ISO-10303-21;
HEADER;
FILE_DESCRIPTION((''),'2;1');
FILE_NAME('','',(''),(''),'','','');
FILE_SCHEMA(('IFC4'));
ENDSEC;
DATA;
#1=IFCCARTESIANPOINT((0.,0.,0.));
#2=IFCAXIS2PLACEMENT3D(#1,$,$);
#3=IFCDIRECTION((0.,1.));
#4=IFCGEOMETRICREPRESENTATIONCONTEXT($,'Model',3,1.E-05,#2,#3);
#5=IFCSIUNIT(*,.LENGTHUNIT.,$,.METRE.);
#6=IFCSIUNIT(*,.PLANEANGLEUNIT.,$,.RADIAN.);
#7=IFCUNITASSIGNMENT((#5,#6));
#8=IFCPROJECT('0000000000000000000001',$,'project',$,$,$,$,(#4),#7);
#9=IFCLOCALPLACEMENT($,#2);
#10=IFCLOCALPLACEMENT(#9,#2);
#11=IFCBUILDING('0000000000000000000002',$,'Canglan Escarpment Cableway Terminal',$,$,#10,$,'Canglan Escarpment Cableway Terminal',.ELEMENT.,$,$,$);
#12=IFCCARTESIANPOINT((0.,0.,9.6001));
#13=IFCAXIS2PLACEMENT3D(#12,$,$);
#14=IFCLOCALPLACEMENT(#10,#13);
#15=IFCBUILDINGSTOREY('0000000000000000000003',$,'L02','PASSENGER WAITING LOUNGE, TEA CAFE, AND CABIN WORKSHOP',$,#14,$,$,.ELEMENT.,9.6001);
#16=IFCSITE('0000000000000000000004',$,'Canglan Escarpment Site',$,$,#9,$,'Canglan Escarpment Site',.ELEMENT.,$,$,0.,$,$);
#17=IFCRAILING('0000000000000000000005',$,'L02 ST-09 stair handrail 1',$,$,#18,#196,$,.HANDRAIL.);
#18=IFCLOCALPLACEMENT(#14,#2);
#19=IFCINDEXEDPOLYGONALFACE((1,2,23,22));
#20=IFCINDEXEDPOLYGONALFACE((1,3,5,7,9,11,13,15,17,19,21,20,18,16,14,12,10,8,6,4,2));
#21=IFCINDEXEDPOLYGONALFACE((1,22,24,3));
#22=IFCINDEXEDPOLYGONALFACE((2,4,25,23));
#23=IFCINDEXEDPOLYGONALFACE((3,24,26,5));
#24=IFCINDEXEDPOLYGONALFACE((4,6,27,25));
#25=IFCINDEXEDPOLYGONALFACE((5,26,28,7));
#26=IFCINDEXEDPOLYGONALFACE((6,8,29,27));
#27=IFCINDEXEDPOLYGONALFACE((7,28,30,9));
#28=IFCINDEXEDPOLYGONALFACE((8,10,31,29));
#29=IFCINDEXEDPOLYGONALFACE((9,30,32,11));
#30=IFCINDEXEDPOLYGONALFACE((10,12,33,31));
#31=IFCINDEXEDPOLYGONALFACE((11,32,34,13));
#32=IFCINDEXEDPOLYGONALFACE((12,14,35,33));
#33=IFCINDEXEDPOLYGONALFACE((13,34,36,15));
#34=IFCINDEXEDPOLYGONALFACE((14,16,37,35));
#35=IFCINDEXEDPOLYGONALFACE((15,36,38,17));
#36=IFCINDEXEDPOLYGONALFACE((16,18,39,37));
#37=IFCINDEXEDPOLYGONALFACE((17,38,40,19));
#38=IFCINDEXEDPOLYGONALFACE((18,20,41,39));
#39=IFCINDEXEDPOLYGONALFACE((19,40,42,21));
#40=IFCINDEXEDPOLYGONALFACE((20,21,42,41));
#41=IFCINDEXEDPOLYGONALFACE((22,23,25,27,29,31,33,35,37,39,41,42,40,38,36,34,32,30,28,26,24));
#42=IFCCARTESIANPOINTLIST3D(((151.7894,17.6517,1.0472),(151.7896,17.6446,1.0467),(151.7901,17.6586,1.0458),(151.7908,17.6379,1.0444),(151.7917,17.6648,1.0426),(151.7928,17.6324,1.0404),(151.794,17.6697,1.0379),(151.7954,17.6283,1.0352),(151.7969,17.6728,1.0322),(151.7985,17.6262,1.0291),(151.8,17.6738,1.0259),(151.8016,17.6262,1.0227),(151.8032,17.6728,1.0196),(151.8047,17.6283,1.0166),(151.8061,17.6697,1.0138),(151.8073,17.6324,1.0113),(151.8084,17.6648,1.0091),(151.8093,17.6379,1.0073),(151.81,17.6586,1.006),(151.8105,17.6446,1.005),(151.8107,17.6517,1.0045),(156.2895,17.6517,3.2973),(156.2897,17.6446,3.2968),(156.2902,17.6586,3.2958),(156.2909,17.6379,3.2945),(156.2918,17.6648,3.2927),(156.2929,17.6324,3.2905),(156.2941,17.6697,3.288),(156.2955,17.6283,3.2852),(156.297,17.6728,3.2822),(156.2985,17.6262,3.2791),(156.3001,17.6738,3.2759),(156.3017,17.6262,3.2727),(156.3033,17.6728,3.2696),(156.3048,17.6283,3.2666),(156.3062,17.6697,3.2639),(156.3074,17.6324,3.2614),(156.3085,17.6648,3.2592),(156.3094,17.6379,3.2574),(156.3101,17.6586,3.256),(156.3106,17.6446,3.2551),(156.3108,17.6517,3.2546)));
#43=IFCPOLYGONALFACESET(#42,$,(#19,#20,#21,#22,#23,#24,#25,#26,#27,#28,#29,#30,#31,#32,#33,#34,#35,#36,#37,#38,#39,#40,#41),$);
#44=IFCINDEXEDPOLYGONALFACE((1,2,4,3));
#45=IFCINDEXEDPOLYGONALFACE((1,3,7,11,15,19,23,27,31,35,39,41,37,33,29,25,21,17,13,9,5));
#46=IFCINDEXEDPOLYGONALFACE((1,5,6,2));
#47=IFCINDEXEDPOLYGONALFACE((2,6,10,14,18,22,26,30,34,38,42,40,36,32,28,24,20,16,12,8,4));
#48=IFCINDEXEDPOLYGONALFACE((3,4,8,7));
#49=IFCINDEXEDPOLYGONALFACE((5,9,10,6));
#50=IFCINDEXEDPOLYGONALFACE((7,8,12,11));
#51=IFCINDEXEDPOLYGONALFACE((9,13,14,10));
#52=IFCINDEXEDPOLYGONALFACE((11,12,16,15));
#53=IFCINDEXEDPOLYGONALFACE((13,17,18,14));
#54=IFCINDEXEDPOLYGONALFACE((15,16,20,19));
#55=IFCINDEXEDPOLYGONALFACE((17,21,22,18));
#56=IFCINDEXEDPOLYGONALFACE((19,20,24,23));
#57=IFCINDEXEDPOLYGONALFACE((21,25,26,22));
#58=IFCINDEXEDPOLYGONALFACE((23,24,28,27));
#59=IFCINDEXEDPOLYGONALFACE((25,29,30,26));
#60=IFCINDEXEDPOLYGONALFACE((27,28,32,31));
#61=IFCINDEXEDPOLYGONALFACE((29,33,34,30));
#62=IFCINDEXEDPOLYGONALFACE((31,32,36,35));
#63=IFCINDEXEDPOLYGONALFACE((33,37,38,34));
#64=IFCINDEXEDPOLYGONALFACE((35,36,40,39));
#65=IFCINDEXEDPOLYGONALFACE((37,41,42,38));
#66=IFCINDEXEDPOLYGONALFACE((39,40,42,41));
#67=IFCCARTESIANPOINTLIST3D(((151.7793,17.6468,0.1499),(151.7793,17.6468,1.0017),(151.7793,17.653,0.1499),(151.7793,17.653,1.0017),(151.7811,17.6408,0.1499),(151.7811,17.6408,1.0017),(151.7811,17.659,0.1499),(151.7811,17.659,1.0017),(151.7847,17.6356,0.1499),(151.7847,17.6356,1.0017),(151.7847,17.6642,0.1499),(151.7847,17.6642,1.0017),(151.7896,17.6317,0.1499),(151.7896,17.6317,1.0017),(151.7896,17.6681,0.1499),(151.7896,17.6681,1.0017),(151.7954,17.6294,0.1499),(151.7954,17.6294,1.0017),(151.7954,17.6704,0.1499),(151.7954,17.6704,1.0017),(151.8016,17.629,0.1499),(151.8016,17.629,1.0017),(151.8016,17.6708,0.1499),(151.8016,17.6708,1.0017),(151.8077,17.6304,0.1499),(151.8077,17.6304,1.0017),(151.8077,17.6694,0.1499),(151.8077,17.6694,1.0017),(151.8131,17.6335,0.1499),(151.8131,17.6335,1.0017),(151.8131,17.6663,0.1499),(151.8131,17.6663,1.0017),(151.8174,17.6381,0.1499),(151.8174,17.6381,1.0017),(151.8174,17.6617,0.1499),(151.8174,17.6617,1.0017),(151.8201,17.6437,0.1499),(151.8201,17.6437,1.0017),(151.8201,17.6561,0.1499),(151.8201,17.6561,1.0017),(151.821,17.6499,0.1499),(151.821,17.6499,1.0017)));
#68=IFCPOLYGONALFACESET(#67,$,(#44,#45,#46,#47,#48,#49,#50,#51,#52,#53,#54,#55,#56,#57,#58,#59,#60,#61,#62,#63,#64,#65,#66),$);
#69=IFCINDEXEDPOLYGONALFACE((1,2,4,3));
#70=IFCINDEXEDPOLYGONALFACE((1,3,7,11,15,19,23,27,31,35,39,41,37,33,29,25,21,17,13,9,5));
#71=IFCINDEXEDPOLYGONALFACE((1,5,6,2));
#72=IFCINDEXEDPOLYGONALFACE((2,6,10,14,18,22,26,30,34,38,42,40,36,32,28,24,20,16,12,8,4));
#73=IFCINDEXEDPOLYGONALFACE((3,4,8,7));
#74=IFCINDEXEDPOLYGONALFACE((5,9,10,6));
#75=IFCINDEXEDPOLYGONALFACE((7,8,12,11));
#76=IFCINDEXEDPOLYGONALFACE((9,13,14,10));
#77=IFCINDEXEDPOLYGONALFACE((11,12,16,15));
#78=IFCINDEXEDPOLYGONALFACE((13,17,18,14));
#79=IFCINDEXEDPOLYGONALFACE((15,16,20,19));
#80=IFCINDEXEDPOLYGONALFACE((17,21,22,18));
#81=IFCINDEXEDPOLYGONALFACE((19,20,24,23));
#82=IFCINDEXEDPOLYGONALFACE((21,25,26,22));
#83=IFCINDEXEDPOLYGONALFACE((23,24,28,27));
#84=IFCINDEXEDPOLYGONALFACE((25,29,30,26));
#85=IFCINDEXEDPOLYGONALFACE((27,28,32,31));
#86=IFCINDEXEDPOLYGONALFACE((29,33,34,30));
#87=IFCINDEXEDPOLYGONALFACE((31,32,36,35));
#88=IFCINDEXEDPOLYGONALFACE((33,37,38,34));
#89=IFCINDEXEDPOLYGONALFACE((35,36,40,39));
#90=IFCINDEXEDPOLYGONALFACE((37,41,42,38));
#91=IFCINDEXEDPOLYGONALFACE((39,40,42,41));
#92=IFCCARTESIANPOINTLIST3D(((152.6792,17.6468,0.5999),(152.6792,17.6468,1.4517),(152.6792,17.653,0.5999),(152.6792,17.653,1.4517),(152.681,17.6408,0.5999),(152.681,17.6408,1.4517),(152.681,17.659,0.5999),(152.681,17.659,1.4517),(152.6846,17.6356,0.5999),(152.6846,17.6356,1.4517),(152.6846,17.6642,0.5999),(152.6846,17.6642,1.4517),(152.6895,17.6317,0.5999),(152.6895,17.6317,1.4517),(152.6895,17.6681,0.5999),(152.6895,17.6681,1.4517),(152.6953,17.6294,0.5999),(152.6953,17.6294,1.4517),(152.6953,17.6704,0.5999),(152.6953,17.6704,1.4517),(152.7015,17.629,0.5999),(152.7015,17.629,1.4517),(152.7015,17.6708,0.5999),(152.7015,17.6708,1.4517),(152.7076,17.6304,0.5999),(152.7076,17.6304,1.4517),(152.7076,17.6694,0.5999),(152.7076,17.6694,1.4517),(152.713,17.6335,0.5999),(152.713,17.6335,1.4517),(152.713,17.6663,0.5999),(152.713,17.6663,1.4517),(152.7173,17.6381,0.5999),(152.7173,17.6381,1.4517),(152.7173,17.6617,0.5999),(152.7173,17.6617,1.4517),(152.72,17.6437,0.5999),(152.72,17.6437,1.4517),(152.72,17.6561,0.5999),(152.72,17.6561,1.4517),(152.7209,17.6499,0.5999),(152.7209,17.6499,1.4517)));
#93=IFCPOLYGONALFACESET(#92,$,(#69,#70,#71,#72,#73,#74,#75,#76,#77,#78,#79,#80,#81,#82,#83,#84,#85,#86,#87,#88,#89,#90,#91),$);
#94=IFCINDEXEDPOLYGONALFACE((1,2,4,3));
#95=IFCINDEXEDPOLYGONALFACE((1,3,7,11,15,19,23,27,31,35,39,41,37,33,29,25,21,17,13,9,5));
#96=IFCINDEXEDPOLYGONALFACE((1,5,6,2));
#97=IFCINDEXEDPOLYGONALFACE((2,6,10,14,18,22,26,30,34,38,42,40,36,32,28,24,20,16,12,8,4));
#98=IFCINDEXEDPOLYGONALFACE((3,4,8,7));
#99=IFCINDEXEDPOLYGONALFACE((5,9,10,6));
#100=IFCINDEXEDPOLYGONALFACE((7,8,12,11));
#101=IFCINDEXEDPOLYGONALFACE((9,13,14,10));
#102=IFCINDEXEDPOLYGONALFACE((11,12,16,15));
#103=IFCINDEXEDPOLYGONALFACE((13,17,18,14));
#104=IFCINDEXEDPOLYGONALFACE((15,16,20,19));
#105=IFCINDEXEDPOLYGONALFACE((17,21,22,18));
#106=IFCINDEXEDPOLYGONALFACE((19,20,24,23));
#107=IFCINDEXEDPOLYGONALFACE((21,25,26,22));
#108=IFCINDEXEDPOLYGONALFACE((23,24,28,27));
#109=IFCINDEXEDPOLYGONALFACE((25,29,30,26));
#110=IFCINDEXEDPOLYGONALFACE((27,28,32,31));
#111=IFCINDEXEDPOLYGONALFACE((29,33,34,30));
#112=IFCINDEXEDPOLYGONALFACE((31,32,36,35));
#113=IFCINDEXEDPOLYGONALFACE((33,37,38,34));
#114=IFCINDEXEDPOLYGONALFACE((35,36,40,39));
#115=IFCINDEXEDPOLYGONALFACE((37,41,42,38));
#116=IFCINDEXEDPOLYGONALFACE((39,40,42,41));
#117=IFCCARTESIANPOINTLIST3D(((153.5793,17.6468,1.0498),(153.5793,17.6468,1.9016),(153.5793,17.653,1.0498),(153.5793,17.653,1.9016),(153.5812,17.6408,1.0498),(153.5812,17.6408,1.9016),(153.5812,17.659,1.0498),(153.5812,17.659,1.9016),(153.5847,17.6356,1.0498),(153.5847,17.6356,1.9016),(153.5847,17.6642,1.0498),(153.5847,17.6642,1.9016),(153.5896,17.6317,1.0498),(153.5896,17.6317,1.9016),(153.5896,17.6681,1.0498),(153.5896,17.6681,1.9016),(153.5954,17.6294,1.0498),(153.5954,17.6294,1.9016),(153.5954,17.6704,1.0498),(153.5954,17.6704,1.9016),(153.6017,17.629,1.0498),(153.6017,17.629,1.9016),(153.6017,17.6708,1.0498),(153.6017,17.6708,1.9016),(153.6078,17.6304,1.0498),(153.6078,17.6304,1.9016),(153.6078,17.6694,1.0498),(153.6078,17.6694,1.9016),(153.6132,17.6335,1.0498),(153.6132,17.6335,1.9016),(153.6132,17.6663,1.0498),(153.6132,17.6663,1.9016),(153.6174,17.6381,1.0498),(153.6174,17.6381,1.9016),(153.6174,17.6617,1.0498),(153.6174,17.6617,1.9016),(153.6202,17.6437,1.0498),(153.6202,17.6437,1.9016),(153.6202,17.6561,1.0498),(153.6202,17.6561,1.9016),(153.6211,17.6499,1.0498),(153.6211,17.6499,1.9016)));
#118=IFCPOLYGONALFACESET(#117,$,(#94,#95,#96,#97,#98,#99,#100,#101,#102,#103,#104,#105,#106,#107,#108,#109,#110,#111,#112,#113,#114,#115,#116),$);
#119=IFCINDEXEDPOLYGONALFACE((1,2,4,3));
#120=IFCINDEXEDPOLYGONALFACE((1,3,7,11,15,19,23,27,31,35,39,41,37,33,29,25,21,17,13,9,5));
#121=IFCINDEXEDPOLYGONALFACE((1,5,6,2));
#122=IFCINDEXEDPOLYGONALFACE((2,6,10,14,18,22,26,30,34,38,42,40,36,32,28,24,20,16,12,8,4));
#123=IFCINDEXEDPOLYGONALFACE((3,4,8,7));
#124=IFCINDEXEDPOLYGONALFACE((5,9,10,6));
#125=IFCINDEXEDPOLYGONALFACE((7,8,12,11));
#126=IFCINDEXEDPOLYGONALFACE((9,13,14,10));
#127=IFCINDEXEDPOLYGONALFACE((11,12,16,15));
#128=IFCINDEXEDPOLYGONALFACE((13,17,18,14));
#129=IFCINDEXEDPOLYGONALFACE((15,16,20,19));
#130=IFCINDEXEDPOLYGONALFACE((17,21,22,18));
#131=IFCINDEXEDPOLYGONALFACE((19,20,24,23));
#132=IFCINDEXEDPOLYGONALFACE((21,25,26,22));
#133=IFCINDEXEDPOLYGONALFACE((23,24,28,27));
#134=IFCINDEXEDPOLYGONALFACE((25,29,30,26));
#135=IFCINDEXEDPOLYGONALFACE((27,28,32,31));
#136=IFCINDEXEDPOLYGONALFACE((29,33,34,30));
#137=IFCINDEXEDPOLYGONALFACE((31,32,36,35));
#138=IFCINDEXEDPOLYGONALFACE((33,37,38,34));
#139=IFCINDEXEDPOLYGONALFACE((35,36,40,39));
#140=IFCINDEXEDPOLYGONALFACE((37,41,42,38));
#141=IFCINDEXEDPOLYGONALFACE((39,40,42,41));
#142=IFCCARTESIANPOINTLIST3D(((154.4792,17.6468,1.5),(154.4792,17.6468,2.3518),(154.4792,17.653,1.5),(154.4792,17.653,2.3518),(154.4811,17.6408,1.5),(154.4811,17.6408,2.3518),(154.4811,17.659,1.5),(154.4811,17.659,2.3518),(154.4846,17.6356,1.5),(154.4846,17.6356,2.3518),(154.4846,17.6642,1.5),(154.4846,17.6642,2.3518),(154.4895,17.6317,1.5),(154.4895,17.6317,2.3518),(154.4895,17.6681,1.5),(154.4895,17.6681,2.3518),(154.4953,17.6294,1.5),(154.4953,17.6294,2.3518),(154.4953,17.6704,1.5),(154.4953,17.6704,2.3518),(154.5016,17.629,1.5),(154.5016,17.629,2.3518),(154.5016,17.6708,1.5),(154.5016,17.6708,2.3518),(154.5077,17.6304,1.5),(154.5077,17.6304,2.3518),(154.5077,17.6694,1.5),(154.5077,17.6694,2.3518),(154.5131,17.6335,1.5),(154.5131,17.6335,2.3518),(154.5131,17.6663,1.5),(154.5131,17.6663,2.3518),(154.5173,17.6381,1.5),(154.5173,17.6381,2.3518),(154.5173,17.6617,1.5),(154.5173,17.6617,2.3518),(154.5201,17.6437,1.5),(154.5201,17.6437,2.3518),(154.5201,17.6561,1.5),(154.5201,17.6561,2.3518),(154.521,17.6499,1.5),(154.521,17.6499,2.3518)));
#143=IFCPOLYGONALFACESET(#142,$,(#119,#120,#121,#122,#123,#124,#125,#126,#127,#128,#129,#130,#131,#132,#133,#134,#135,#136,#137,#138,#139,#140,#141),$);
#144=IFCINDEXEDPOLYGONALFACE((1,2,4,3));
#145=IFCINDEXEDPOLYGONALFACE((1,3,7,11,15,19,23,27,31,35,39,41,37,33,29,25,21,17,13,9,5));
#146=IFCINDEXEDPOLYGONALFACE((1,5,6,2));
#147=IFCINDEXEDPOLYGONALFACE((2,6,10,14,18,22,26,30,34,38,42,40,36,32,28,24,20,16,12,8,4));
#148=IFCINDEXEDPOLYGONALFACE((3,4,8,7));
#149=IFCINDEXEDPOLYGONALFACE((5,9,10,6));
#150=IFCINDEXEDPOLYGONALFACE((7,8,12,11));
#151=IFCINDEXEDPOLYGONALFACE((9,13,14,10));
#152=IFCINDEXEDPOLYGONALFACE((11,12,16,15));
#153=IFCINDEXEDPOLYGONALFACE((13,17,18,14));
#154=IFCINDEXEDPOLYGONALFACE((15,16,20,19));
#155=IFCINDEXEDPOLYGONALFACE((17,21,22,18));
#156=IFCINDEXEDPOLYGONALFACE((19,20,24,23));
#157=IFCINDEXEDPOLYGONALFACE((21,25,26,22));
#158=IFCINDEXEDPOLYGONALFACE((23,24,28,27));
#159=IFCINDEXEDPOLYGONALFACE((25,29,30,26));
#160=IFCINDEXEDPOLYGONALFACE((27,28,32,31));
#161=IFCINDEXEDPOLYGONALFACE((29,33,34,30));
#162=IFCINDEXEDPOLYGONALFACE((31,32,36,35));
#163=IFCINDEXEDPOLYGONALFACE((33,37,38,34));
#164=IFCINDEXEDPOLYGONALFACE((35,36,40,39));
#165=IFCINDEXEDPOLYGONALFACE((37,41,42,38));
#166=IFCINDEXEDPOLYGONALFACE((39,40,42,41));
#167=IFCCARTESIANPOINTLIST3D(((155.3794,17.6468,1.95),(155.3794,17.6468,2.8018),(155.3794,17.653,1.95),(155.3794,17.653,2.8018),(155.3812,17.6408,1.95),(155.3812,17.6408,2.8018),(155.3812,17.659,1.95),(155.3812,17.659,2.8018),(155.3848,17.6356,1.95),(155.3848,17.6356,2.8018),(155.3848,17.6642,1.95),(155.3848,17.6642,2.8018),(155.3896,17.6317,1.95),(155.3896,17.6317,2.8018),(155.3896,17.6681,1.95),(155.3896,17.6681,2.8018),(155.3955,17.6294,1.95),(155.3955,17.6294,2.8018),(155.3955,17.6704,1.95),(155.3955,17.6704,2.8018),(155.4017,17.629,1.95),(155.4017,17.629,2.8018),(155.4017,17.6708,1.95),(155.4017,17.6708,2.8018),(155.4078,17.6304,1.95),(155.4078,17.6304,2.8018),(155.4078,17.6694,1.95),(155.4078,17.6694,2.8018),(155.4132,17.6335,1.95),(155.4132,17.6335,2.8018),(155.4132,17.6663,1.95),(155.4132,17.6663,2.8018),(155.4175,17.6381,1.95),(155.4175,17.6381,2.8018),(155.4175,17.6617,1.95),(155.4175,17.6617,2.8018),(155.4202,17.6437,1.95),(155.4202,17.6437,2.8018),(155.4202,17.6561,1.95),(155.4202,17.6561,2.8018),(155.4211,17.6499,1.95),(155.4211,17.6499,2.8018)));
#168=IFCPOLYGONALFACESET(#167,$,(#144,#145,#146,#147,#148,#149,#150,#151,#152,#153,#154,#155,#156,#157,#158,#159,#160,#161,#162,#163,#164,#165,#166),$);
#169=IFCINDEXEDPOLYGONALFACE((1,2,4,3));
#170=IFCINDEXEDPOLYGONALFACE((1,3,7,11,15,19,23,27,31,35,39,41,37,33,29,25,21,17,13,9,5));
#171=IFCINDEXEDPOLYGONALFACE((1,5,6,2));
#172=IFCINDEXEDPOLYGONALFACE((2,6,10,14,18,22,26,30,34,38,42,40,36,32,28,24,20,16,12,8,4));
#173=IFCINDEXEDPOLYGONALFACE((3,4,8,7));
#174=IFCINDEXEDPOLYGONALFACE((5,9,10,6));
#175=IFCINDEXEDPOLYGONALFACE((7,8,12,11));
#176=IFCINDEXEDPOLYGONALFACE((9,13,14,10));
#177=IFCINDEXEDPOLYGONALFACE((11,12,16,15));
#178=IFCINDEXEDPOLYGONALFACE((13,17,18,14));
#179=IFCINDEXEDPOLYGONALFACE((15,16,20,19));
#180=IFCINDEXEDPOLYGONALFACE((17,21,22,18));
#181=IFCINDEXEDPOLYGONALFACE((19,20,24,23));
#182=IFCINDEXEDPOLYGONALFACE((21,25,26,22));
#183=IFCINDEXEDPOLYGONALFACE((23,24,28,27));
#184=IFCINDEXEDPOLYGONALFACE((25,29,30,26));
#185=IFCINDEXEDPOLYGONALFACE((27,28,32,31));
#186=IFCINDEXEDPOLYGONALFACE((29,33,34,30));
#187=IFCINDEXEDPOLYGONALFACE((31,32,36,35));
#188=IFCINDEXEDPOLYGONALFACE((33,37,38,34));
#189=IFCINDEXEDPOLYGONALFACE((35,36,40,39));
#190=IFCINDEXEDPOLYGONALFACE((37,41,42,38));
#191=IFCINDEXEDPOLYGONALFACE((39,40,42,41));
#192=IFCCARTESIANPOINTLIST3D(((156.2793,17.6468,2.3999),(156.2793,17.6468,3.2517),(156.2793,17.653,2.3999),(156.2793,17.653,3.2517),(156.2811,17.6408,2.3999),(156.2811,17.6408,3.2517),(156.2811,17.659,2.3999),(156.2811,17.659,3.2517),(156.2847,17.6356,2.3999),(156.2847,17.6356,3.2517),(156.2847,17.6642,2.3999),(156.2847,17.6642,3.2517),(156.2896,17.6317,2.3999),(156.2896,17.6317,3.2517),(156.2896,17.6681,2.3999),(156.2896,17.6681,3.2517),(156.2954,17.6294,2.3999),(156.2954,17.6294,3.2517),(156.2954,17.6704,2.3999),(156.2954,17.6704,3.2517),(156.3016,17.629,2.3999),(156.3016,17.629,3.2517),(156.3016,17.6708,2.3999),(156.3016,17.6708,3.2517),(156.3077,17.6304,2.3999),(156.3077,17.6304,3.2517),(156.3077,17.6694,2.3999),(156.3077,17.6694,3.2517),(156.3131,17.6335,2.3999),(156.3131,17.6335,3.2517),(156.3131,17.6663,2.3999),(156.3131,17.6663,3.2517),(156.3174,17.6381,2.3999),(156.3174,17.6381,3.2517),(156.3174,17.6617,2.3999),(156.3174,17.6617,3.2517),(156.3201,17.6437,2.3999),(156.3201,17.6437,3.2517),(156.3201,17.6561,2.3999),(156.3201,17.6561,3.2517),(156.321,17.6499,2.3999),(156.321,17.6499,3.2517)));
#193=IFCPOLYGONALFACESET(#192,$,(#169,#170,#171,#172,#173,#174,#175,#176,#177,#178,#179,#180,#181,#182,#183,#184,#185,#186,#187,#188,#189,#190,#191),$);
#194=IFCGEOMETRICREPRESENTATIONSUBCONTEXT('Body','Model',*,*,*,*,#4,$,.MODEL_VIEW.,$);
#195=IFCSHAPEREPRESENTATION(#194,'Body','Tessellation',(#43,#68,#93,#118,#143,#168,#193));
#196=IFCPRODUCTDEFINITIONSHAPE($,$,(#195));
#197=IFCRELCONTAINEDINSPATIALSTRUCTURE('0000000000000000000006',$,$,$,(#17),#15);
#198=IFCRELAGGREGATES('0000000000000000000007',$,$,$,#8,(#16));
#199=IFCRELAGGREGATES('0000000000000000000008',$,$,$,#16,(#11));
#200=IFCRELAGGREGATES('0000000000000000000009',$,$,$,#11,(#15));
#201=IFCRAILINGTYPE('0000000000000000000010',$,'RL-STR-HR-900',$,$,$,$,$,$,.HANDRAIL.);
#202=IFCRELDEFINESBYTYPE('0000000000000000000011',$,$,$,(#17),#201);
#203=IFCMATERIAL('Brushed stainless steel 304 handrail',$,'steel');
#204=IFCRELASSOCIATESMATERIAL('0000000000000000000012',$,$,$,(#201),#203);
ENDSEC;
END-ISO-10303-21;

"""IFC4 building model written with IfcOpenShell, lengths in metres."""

from ifc_helpers import new_model, si_unit, direction, frame, origin, origin_2d, place, context, subcontext, project, spatial, circle, extrude, material, type_object, element, save


model = new_model("IFC4")

# Units and contexts
model_context = context("Model", 3, precision=1e-05, world=origin(), true_north=direction((0.0, 1.0)))
body_context = subcontext(model_context, "Body", "Model", "MODEL_VIEW")
ifc_project = project(units=[si_unit("LENGTHUNIT", "METRE"), si_unit("PLANEANGLEUNIT", "RADIAN")], contexts=[model_context])

# Site, building, storey
site_placement = place(None, origin())
site = spatial("IfcSite", under=ifc_project, at=site_placement, Name="Canglan Escarpment Site", LongName="Canglan Escarpment Site", CompositionType="ELEMENT", RefElevation=0.0)
building_placement = place(site_placement, origin())
building = spatial("IfcBuilding", under=site, at=building_placement, Name="Canglan Escarpment Cableway Terminal", LongName="Canglan Escarpment Cableway Terminal", CompositionType="ELEMENT")
storey_placement = place(building_placement, frame((0.0, 0.0, 9.6001)))
storey = spatial("IfcBuildingStorey", under=building, at=storey_placement, Name="L02", Description="PASSENGER WAITING LOUNGE, TEA CAFE, AND CABIN WORKSHOP", CompositionType="ELEMENT", Elevation=9.6001)

# Railing
ifc_material_1 = material(Name="Brushed stainless steel 304 handrail", Category="steel")
railing_type_1 = type_object("IfcRailingType", Name="RL-STR-HR-900", PredefinedType="HANDRAIL", material=ifc_material_1)
railing_1_placement = place(storey_placement, frame((151.8, 17.6499, 0.1499)))
element("IfcRailing", 1, at=railing_1_placement, inside=storey, type_object=railing_type_1, Name="L02 ST-09 stair handrail 1", PredefinedType="HANDRAIL", context=body_context, shape_type="SweptSolid", body=[
    extrude(circle(Radius=0.0239, at=origin_2d()), frame((0.0, 0.0, 0.876), z_axis=(0.894427, 0.0, 0.447214), x_axis=(0.0, 1.0, 0.0)), (0.0, 0.0, 1.0), 5.0312),
    extrude(circle(Radius=0.021, at=origin_2d()), origin(), (0.0, 0.0, 1.0), 0.8518),
    extrude(circle(Radius=0.021, at=origin_2d()), frame((0.8999, 0.0, 0.45)), (0.0, 0.0, 1.0), 0.8518),
    extrude(circle(Radius=0.021, at=origin_2d()), frame((1.8, 0.0, 0.8999)), (0.0, 0.0, 1.0), 0.8518),
    extrude(circle(Radius=0.021, at=origin_2d()), frame((2.7, 0.0, 1.3501)), (0.0, 0.0, 1.0), 0.8518),
    extrude(circle(Radius=0.021, at=origin_2d()), frame((3.6001, 0.0, 1.8)), (0.0, 0.0, 1.0), 0.8518),
    extrude(circle(Radius=0.021, at=origin_2d()), frame((4.5, 0.0, 2.25)), (0.0, 0.0, 1.0), 0.8518),
])

save(model, "model.ifc")
